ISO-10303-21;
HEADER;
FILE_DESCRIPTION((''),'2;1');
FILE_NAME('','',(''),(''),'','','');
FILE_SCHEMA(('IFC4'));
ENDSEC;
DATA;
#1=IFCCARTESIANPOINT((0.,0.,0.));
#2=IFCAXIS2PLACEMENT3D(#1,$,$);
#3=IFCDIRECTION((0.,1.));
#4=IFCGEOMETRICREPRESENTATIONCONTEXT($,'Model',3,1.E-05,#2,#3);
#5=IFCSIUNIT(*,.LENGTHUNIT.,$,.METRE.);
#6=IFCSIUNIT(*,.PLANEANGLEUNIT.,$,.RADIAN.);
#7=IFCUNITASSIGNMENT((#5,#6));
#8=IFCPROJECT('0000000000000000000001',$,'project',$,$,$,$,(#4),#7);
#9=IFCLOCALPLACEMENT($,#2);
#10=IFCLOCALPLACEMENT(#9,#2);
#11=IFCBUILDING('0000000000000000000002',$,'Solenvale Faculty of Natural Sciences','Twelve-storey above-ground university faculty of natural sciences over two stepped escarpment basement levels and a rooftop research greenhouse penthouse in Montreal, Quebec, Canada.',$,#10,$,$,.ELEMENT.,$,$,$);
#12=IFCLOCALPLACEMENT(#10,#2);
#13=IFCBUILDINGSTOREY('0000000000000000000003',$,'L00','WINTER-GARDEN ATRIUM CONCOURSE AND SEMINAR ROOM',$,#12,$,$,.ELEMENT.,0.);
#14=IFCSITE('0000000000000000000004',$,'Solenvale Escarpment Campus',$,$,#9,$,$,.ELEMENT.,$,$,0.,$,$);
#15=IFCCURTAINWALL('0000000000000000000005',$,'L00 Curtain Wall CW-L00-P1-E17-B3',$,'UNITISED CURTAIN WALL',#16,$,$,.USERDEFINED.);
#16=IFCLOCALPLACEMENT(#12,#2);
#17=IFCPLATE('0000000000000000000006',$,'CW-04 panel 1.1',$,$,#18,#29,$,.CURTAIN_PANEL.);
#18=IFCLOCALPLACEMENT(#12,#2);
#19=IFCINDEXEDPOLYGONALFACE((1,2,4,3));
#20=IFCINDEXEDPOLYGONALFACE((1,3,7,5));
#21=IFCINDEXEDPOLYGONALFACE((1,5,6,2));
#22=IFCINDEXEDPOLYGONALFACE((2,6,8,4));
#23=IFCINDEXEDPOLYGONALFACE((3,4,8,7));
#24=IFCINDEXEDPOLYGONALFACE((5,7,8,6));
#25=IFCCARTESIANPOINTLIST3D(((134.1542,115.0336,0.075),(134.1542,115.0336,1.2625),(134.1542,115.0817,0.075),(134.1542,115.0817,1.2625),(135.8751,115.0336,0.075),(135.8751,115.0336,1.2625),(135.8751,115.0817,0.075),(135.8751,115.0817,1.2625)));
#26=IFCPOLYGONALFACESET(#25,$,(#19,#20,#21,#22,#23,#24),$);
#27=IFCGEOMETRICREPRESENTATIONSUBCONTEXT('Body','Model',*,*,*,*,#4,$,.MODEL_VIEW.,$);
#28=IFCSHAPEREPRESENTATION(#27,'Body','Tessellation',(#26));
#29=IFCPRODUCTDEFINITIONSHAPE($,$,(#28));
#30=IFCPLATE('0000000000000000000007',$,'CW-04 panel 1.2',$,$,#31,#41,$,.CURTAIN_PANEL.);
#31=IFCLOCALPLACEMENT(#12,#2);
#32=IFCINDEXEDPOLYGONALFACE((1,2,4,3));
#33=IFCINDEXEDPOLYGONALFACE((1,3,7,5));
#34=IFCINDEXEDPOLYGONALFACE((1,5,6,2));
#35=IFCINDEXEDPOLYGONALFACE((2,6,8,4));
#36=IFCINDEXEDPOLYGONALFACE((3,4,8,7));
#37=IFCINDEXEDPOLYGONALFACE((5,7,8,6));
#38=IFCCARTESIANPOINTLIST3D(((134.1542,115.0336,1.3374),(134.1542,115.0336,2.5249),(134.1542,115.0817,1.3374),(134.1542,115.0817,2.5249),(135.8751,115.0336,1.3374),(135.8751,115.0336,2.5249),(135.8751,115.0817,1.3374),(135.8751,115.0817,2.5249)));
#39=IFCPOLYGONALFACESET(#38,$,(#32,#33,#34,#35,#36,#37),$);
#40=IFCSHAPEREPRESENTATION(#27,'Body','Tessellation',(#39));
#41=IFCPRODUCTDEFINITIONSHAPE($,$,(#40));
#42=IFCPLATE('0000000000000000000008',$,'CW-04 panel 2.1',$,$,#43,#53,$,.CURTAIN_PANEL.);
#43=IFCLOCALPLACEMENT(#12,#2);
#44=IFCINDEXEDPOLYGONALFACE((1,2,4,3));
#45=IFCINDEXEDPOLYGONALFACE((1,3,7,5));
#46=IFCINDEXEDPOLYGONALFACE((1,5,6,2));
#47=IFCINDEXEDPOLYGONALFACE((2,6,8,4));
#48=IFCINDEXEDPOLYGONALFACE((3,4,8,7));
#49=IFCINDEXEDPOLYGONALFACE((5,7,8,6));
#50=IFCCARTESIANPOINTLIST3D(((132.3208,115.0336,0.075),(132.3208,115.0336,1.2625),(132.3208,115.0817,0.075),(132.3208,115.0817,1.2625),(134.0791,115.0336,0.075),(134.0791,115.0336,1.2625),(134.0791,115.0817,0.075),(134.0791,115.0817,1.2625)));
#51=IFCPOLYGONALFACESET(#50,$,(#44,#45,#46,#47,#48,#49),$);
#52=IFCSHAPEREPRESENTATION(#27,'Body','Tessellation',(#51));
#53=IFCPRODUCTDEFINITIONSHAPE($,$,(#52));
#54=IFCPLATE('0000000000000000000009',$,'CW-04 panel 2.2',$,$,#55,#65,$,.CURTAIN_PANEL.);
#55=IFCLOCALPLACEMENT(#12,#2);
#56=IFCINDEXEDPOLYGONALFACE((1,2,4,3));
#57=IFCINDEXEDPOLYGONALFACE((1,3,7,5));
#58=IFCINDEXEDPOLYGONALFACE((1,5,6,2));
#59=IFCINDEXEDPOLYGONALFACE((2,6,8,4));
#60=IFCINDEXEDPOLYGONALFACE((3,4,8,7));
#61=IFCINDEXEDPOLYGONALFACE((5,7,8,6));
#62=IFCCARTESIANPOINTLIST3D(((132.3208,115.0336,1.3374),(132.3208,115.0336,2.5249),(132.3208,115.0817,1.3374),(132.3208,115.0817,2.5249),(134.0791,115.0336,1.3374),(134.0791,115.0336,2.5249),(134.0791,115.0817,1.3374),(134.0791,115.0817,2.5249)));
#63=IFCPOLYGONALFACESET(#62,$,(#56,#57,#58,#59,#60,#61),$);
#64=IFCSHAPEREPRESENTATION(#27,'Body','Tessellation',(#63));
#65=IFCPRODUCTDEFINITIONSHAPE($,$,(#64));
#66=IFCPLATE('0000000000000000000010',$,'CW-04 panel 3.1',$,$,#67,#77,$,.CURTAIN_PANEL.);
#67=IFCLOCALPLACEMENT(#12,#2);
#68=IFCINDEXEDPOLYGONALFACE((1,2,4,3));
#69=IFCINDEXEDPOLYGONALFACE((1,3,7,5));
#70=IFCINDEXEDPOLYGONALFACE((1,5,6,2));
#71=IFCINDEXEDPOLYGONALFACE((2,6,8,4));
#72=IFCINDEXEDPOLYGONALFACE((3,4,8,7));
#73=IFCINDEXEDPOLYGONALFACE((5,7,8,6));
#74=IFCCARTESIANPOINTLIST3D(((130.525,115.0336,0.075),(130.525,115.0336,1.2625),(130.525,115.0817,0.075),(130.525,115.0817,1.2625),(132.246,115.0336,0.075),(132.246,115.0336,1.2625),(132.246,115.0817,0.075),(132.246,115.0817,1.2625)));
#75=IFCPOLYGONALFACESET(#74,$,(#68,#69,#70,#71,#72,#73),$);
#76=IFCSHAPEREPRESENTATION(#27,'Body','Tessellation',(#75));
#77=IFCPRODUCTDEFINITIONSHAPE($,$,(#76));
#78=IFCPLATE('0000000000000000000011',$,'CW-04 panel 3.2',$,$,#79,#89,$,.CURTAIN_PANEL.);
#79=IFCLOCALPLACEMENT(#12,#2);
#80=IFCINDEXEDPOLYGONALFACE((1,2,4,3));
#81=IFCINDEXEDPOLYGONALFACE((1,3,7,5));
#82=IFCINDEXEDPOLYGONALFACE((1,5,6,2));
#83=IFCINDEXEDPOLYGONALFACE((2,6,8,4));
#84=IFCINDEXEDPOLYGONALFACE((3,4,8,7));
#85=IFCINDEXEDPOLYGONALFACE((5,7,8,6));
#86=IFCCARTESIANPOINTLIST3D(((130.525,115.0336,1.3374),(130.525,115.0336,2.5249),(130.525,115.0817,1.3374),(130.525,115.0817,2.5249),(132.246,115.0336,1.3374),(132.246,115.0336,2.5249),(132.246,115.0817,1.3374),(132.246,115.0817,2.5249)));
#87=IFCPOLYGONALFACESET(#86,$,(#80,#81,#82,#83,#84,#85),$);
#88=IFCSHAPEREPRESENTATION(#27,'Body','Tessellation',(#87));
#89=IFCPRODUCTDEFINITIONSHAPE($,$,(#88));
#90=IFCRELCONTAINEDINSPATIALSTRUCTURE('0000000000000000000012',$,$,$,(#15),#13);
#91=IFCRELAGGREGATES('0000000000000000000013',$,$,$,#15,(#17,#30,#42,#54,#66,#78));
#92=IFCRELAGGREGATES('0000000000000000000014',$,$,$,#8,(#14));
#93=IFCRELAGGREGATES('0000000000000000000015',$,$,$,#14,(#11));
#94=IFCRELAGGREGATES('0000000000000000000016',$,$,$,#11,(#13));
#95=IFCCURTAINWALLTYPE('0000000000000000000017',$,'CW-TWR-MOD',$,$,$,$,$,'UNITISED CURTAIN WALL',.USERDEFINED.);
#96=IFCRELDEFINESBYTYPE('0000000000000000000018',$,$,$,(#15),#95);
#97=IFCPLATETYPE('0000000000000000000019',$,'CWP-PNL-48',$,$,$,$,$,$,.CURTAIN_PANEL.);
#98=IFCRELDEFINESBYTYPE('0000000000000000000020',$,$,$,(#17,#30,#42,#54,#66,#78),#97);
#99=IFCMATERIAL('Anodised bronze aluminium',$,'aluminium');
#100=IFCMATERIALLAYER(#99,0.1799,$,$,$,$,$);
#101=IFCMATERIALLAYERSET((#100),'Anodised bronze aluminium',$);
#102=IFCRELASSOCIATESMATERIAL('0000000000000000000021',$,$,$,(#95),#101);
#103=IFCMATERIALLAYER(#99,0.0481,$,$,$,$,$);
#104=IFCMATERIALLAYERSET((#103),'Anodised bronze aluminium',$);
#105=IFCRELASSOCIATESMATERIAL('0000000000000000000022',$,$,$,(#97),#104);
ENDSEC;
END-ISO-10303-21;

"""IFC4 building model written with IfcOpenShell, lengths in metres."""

from ifc_helpers import new_model, si_unit, direction, frame, origin, origin_2d, place, context, subcontext, project, spatial, rectangle, extrude, material, layer, layer_set, type_object, element, aggregate, save


model = new_model("IFC4")

# Units and contexts
model_context = context("Model", 3, precision=1e-05, world=origin(), true_north=direction((0.0, 1.0)))
body_context = subcontext(model_context, "Body", "Model", "MODEL_VIEW")
ifc_project = project(units=[si_unit("LENGTHUNIT", "METRE"), si_unit("PLANEANGLEUNIT", "RADIAN")], contexts=[model_context])

# Site, building, storey
site_placement = place(None, origin())
site = spatial("IfcSite", under=ifc_project, at=site_placement, Name="Solenvale Escarpment Campus", CompositionType="ELEMENT", RefElevation=0.0)
building_placement = place(site_placement, origin())
building = spatial("IfcBuilding", under=site, at=building_placement, Name="Solenvale Faculty of Natural Sciences", Description="Twelve-storey above-ground university faculty of natural sciences over two stepped escarpment basement levels and a rooftop research greenhouse penthouse in Montreal, Quebec, Canada.", CompositionType="ELEMENT")
storey_placement = place(building_placement, origin())
storey = spatial("IfcBuildingStorey", under=building, at=storey_placement, Name="L00", Description="WINTER-GARDEN ATRIUM CONCOURSE AND SEMINAR ROOM", CompositionType="ELEMENT", Elevation=0.0)

# Curtain wall, plates
ifc_material_1 = material(Name="Anodised bronze aluminium", Category="aluminium")
ifc_layer_1 = layer(ifc_material_1, 0.1799)
ifc_layer_set_1 = layer_set([ifc_layer_1], Name="Anodised bronze aluminium")
curtain_wall_type = type_object("IfcCurtainWallType", Name="CW-TWR-MOD", ElementType="UNITISED CURTAIN WALL", PredefinedType="USERDEFINED", material=ifc_layer_set_1)
curtain_wall_placement = place(storey_placement, origin())
curtain_wall = element("IfcCurtainWall", 1, at=curtain_wall_placement, inside=storey, type_object=curtain_wall_type, Name="L00 Curtain Wall CW-L00-P1-E17-B3", ObjectType="UNITISED CURTAIN WALL", PredefinedType="USERDEFINED")
ifc_layer_2 = layer(ifc_material_1, 0.0481)
ifc_layer_set_2 = layer_set([ifc_layer_2], Name="Anodised bronze aluminium")
plate_type = type_object("IfcPlateType", Name="CWP-PNL-48", PredefinedType="CURTAIN_PANEL", material=ifc_layer_set_2)
plate_1_placement = place(storey_placement, frame((135.0146, 115.0576, 0.075), z_axis=(0.0, 0.0, 1.0), x_axis=(-1.0, 0.0, 0.0)))
plate_1 = element("IfcPlate", 2, at=plate_1_placement, type_object=plate_type, Name="CW-04 panel 1.1", PredefinedType="CURTAIN_PANEL", context=body_context, shape_type="SweptSolid", body=[
    extrude(rectangle(XDim=1.7209, YDim=0.0481, at=origin_2d()), origin(), (0.0, 0.0, 1.0), 1.1875),
])
plate_2_placement = place(storey_placement, frame((135.0146, 115.0576, 1.3374), z_axis=(0.0, 0.0, 1.0), x_axis=(-1.0, 0.0, 0.0)))
plate_2 = element("IfcPlate", 3, at=plate_2_placement, type_object=plate_type, Name="CW-04 panel 1.2", PredefinedType="CURTAIN_PANEL", context=body_context, shape_type="SweptSolid", body=[
    extrude(rectangle(XDim=1.7209, YDim=0.0481, at=origin_2d()), origin(), (0.0, 0.0, 1.0), 1.1875),
])
plate_3_placement = place(storey_placement, frame((133.2, 115.0576, 0.075), z_axis=(0.0, 0.0, 1.0), x_axis=(-1.0, 0.0, 0.0)))
plate_3 = element("IfcPlate", 4, at=plate_3_placement, type_object=plate_type, Name="CW-04 panel 2.1", PredefinedType="CURTAIN_PANEL", context=body_context, shape_type="SweptSolid", body=[
    extrude(rectangle(XDim=1.7583, YDim=0.0481, at=origin_2d()), origin(), (0.0, 0.0, 1.0), 1.1875),
])
plate_4_placement = place(storey_placement, frame((133.2, 115.0576, 1.3374), z_axis=(0.0, 0.0, 1.0), x_axis=(-1.0, 0.0, 0.0)))
plate_4 = element("IfcPlate", 5, at=plate_4_placement, type_object=plate_type, Name="CW-04 panel 2.2", PredefinedType="CURTAIN_PANEL", context=body_context, shape_type="SweptSolid", body=[
    extrude(rectangle(XDim=1.7583, YDim=0.0481, at=origin_2d()), origin(), (0.0, 0.0, 1.0), 1.1875),
])
plate_5_placement = place(storey_placement, frame((131.3855, 115.0576, 0.075), z_axis=(0.0, 0.0, 1.0), x_axis=(-1.0, 0.0, 0.0)))
plate_5 = element("IfcPlate", 6, at=plate_5_placement, type_object=plate_type, Name="CW-04 panel 3.1", PredefinedType="CURTAIN_PANEL", context=body_context, shape_type="SweptSolid", body=[
    extrude(rectangle(XDim=1.7209, YDim=0.0481, at=origin_2d()), origin(), (0.0, 0.0, 1.0), 1.1875),
])
plate_6_placement = place(storey_placement, frame((131.3855, 115.0576, 1.3374), z_axis=(0.0, 0.0, 1.0), x_axis=(-1.0, 0.0, 0.0)))
plate_6 = element("IfcPlate", 7, at=plate_6_placement, type_object=plate_type, Name="CW-04 panel 3.2", PredefinedType="CURTAIN_PANEL", context=body_context, shape_type="SweptSolid", body=[
    extrude(rectangle(XDim=1.7209, YDim=0.0481, at=origin_2d()), origin(), (0.0, 0.0, 1.0), 1.1875),
])
aggregate(curtain_wall, [plate_1, plate_2, plate_3, plate_4, plate_5, plate_6])

save(model, "model.ifc")
